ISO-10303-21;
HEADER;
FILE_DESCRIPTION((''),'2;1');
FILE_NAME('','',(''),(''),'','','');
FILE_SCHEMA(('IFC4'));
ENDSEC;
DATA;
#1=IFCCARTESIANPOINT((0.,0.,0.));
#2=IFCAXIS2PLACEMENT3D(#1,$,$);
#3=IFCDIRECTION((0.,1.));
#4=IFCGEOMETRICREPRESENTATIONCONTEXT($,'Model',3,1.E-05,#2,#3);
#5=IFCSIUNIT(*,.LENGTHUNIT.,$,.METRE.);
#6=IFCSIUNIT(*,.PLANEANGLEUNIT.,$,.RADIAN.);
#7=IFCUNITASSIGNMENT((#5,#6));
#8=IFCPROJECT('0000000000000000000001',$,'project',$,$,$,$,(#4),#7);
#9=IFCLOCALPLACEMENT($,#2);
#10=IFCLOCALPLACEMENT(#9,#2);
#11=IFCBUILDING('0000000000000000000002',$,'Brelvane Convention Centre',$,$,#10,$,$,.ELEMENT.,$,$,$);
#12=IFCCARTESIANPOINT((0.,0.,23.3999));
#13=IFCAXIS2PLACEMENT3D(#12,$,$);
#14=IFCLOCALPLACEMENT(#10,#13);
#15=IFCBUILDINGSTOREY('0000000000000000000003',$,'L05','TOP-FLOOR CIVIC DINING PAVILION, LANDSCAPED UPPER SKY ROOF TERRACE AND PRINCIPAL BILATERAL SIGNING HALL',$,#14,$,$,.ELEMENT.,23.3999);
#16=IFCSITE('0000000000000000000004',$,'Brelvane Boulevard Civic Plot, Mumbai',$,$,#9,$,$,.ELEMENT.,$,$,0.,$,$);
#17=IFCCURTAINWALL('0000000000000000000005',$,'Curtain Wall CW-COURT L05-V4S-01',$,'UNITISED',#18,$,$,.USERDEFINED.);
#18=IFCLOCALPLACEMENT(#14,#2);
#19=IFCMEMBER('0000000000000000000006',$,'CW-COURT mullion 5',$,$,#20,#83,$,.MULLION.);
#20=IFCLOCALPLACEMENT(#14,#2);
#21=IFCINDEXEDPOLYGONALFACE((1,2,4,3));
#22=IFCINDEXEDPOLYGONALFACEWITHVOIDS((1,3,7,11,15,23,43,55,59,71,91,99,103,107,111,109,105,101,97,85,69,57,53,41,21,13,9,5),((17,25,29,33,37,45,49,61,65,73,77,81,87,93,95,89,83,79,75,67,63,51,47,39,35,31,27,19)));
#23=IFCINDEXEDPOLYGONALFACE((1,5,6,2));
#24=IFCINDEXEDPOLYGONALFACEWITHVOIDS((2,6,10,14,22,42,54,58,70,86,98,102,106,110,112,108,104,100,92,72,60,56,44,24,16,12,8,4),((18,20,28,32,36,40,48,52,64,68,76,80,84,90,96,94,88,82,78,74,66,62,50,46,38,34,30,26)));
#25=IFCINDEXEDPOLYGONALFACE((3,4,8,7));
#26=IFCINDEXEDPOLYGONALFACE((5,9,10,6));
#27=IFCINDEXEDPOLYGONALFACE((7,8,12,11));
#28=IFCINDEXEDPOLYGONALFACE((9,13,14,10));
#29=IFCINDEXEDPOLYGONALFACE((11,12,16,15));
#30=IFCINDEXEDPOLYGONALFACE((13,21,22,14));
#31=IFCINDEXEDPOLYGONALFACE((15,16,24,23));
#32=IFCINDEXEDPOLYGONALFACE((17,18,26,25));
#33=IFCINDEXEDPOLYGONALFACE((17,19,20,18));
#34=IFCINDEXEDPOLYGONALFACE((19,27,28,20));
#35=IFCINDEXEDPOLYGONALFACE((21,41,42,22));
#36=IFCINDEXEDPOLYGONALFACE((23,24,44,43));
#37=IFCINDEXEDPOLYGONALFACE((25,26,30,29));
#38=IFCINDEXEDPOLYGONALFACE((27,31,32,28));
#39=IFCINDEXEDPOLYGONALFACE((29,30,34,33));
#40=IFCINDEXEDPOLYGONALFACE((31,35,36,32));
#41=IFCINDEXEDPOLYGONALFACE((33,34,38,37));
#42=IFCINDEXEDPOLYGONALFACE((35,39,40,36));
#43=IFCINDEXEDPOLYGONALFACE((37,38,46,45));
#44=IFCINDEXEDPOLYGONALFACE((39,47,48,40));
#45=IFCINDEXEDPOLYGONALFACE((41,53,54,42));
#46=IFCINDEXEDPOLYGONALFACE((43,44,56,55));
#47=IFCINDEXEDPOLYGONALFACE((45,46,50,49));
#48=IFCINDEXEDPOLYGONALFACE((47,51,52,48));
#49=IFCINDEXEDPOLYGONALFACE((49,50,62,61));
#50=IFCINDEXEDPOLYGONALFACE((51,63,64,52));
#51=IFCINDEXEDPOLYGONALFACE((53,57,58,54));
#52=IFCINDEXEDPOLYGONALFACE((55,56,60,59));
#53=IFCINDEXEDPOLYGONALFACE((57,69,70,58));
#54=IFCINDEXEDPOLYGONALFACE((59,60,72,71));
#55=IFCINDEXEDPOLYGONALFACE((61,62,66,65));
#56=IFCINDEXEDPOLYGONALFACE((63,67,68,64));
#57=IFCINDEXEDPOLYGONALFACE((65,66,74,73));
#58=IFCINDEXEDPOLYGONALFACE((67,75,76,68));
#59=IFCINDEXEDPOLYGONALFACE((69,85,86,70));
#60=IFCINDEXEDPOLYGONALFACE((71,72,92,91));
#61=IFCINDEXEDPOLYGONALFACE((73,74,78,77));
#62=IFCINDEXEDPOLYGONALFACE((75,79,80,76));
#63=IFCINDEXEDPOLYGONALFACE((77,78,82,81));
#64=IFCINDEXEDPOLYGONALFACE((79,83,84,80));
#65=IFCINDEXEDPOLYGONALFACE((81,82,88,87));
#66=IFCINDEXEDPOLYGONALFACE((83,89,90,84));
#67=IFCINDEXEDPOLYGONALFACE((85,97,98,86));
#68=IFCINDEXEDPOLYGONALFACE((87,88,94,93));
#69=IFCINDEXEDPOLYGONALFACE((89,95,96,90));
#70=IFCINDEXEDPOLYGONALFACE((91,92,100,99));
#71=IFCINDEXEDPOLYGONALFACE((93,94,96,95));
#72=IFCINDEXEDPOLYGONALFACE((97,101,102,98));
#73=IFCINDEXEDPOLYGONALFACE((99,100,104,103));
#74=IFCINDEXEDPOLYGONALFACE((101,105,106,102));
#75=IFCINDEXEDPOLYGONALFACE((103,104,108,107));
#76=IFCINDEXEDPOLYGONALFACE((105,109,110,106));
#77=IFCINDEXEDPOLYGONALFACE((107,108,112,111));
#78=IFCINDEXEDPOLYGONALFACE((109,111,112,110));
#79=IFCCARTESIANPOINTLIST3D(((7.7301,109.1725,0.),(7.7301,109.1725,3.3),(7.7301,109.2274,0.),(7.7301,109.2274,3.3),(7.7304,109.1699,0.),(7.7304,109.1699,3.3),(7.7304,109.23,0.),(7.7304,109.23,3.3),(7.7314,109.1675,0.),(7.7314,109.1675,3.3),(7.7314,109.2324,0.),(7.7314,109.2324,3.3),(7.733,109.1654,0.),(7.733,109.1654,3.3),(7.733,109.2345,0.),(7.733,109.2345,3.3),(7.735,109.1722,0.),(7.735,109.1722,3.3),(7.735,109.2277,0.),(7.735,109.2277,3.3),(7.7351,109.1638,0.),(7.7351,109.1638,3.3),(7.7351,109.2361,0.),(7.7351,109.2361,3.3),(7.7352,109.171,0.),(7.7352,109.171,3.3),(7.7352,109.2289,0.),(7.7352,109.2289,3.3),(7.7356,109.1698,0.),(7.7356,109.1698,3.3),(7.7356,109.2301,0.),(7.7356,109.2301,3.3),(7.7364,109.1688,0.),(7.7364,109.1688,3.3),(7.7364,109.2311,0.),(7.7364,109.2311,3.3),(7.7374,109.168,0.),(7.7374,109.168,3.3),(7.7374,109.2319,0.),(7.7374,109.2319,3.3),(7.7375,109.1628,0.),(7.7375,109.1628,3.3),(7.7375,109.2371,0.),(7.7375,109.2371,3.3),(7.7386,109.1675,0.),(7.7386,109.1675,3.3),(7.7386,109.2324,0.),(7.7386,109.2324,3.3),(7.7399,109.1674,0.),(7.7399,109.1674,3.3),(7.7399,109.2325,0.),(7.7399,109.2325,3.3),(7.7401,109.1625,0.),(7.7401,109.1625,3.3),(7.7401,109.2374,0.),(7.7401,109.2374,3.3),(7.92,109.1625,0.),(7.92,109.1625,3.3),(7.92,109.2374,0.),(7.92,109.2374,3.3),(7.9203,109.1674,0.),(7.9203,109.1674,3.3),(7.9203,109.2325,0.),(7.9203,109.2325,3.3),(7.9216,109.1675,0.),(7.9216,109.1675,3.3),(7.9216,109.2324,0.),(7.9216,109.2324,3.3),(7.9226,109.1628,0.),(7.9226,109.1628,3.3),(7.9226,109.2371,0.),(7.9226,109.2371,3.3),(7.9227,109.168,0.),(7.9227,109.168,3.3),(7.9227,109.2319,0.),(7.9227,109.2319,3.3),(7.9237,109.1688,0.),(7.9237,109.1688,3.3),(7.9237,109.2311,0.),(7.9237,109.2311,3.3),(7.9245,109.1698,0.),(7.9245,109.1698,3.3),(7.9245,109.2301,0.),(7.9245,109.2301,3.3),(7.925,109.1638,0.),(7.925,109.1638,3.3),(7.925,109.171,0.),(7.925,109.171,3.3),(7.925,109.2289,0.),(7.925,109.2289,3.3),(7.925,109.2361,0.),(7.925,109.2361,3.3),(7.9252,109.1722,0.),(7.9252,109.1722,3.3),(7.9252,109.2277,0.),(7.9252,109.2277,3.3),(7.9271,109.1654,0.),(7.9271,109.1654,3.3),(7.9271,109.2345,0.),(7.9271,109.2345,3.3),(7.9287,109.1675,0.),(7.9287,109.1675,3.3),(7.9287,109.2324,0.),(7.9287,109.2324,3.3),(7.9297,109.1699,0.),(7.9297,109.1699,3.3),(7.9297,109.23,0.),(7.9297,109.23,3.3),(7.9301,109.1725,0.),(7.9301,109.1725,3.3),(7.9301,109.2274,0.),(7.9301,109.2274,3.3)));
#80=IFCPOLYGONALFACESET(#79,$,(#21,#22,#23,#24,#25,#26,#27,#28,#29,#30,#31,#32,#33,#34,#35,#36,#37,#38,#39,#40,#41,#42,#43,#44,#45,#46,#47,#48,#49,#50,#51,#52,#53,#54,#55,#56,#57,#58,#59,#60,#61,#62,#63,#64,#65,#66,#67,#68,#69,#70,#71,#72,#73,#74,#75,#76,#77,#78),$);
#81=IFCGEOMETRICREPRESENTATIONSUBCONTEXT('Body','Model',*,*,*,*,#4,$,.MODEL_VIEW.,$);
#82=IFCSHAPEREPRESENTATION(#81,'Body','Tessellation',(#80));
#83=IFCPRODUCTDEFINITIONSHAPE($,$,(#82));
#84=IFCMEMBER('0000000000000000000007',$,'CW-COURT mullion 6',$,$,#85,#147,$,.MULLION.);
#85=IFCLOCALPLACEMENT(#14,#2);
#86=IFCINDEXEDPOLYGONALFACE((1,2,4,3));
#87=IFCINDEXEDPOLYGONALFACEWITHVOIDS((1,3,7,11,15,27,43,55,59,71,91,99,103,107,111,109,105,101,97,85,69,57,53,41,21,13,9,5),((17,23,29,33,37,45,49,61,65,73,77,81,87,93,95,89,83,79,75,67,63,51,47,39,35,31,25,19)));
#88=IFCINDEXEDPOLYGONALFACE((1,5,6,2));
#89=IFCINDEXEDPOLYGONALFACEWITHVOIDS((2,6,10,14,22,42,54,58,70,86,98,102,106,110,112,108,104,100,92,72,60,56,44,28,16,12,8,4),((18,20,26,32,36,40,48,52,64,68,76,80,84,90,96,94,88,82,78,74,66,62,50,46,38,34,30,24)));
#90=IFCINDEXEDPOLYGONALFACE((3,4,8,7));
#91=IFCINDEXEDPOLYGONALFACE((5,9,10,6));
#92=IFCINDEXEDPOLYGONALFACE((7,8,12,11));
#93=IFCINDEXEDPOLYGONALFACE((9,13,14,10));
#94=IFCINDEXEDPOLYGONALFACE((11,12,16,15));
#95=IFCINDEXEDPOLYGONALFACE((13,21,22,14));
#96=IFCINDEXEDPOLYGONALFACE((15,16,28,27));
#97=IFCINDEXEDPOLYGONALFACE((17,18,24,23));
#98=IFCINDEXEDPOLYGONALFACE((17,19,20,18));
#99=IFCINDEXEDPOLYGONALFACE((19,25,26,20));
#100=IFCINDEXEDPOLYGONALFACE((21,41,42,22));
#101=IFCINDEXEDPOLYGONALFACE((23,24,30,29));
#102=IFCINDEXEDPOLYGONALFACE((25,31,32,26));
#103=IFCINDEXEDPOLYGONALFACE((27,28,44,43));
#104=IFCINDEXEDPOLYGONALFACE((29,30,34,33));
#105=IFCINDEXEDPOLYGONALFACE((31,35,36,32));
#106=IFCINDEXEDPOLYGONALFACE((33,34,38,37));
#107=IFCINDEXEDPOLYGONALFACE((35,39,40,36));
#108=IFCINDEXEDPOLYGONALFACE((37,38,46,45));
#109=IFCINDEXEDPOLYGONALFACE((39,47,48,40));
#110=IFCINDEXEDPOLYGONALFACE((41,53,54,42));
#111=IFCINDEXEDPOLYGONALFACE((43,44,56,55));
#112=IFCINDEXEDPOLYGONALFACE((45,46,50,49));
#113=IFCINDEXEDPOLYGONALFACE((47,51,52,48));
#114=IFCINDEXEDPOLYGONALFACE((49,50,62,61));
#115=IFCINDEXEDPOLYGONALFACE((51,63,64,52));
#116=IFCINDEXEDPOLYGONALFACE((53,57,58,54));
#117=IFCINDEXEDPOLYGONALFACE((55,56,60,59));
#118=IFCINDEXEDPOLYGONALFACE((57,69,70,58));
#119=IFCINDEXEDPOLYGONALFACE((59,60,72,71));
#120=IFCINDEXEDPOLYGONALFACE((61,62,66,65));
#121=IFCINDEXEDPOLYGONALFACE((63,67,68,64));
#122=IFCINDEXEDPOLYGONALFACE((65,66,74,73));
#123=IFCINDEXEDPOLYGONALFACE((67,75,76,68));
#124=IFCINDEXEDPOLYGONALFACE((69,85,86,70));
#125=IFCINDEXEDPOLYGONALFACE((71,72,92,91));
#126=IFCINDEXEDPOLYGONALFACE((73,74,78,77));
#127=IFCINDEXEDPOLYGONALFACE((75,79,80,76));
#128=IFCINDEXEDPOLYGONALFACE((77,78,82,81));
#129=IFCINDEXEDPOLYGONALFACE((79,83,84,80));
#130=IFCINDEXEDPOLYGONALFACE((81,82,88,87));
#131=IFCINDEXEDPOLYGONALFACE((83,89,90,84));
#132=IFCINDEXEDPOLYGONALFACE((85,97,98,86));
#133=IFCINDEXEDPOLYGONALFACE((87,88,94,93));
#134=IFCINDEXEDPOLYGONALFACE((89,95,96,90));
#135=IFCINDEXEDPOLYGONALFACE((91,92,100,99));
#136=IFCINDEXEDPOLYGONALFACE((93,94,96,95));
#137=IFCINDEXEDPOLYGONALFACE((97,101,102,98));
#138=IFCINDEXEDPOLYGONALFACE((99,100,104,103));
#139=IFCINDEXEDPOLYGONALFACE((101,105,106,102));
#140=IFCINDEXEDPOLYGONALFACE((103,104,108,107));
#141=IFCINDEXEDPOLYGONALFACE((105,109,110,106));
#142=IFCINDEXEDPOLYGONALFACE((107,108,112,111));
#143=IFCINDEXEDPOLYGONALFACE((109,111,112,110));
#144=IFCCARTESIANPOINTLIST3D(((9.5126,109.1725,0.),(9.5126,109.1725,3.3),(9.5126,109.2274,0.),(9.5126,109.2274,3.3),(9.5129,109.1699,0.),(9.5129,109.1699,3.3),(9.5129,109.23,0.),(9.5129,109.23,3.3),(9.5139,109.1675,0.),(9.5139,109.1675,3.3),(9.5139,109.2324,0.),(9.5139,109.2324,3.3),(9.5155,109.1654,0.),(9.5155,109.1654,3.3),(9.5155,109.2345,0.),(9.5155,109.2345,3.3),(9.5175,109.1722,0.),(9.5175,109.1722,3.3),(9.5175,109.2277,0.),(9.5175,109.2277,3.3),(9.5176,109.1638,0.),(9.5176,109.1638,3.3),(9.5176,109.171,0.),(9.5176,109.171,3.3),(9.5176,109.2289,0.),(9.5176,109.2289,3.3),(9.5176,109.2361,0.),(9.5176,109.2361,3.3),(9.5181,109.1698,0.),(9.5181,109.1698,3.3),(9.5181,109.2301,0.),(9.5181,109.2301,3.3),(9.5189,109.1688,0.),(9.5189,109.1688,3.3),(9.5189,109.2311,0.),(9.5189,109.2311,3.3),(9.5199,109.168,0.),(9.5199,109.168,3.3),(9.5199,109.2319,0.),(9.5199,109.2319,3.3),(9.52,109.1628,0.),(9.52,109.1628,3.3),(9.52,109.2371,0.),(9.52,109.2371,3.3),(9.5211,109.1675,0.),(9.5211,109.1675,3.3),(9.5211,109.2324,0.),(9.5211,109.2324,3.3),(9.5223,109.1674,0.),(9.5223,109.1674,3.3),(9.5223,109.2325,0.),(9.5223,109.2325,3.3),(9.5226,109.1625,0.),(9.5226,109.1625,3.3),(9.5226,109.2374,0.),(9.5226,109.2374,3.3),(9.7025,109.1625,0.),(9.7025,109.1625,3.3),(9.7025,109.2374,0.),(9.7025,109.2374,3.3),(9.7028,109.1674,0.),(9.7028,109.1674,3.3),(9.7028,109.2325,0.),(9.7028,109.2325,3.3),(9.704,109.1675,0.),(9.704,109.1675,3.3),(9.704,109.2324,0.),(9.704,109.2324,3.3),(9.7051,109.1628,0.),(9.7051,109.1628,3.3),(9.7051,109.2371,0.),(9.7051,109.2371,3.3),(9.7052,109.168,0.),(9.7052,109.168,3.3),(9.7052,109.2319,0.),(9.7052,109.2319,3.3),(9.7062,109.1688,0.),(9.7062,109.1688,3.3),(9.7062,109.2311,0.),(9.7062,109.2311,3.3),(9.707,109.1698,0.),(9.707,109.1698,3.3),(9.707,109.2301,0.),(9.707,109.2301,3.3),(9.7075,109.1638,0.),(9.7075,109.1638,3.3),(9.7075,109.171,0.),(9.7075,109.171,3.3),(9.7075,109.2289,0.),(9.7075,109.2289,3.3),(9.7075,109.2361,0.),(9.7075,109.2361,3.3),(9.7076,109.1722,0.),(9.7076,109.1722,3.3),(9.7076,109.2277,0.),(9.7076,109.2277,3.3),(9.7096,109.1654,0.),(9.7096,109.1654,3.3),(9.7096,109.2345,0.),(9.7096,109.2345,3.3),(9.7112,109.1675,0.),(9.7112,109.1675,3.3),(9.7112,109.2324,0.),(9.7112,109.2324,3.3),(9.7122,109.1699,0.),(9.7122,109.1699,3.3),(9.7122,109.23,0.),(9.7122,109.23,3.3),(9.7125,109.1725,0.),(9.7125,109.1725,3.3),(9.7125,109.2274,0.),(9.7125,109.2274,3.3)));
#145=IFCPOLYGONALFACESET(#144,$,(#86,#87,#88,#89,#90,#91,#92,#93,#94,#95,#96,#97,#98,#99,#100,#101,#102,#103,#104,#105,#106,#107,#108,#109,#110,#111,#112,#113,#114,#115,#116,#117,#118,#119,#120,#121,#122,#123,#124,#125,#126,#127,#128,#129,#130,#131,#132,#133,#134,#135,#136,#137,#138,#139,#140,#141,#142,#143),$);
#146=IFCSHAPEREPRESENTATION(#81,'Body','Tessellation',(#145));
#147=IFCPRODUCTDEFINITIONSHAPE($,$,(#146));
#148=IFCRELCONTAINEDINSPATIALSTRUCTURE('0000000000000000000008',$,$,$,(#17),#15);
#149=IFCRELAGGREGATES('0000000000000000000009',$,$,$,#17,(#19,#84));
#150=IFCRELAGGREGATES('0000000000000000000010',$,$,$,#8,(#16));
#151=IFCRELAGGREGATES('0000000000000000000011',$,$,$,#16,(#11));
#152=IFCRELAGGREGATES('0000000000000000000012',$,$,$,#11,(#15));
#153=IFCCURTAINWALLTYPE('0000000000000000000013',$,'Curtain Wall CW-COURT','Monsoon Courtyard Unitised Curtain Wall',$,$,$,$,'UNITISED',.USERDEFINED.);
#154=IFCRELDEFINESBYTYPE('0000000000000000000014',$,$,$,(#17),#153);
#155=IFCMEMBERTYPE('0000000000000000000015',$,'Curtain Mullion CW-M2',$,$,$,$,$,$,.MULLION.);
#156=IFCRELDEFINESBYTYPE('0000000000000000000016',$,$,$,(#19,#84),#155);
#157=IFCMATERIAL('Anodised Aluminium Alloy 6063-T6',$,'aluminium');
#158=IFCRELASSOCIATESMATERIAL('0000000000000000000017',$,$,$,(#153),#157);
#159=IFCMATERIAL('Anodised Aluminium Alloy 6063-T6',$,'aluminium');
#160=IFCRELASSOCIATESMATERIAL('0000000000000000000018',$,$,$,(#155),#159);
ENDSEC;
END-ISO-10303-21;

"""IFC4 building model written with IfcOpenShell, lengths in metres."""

from ifc_helpers import new_model, si_unit, direction, frame, origin, origin_2d, place, context, subcontext, project, spatial, hollow_rectangle, extrude, material, material_profile, profile_set, type_object, element, aggregate, save


model = new_model("IFC4")

# Units and contexts
model_context = context("Model", 3, precision=1e-05, world=origin(), true_north=direction((0.0, 1.0)))
body_context = subcontext(model_context, "Body", "Model", "MODEL_VIEW")
ifc_project = project(units=[si_unit("LENGTHUNIT", "METRE"), si_unit("PLANEANGLEUNIT", "RADIAN")], contexts=[model_context])

# Site, building, storey
site_placement = place(None, origin())
site = spatial("IfcSite", under=ifc_project, at=site_placement, Name="Brelvane Boulevard Civic Plot, Mumbai", CompositionType="ELEMENT", RefElevation=0.0)
building_placement = place(site_placement, origin())
building = spatial("IfcBuilding", under=site, at=building_placement, Name="Brelvane Convention Centre", CompositionType="ELEMENT")
storey_placement = place(building_placement, frame((0.0, 0.0, 23.3999)))
storey = spatial("IfcBuildingStorey", under=building, at=storey_placement, Name="L05", Description="TOP-FLOOR CIVIC DINING PAVILION, LANDSCAPED UPPER SKY ROOF TERRACE AND PRINCIPAL BILATERAL SIGNING HALL", CompositionType="ELEMENT", Elevation=23.3999)

# Curtain wall, members
ifc_material_1 = material(Name="Anodised Aluminium Alloy 6063-T6", Category="aluminium")
curtain_wall_type = type_object("IfcCurtainWallType", Name="Curtain Wall CW-COURT", Description="Monsoon Courtyard Unitised Curtain Wall", ElementType="UNITISED", PredefinedType="USERDEFINED", material=ifc_material_1)
curtain_wall_1_placement = place(storey_placement, origin())
curtain_wall_1 = element("IfcCurtainWall", 1, at=curtain_wall_1_placement, inside=storey, type_object=curtain_wall_type, Name="Curtain Wall CW-COURT L05-V4S-01", ObjectType="UNITISED", PredefinedType="USERDEFINED")
ifc_material_2 = material(Name="Anodised Aluminium Alloy 6063-T6", Category="aluminium")
ifc_material_profile_1 = material_profile(ifc_material_2, hollow_rectangle(XDim=0.075, YDim=0.2, WallThickness=0.0049, InnerFilletRadius=0.0049, OuterFilletRadius=0.01, at=origin_2d()), Name="ALU-M 200x75x5.0")
ifc_profile_set_1 = profile_set([ifc_material_profile_1], Name="Anodised Aluminium Alloy 6063-T6")
member_type_1 = type_object("IfcMemberType", Name="Curtain Mullion CW-M2", PredefinedType="MULLION", material=ifc_profile_set_1)
member_1_placement = place(storey_placement, frame((7.8301, 109.2, 0.0), z_axis=(0.0, 0.0, 1.0), x_axis=(0.0, 1.0, 0.0)))
member_1 = element("IfcMember", 2, at=member_1_placement, type_object=member_type_1, Name="CW-COURT mullion 5", PredefinedType="MULLION", context=body_context, shape_type="SweptSolid", body=[
    extrude(hollow_rectangle(XDim=0.075, YDim=0.2, WallThickness=0.0049, InnerFilletRadius=0.0049, OuterFilletRadius=0.01, at=origin_2d()), origin(), (0.0, 0.0, 1.0), 3.3),
])
member_2_placement = place(storey_placement, frame((9.6125, 109.2, 0.0), z_axis=(0.0, 0.0, 1.0), x_axis=(0.0, 1.0, 0.0)))
member_2 = element("IfcMember", 3, at=member_2_placement, type_object=member_type_1, Name="CW-COURT mullion 6", PredefinedType="MULLION", context=body_context, shape_type="SweptSolid", body=[
    extrude(hollow_rectangle(XDim=0.075, YDim=0.2, WallThickness=0.0049, InnerFilletRadius=0.0049, OuterFilletRadius=0.01, at=origin_2d()), origin(), (0.0, 0.0, 1.0), 3.3),
])

aggregate(curtain_wall_1, [member_1, member_2])

save(model, "model.ifc")
